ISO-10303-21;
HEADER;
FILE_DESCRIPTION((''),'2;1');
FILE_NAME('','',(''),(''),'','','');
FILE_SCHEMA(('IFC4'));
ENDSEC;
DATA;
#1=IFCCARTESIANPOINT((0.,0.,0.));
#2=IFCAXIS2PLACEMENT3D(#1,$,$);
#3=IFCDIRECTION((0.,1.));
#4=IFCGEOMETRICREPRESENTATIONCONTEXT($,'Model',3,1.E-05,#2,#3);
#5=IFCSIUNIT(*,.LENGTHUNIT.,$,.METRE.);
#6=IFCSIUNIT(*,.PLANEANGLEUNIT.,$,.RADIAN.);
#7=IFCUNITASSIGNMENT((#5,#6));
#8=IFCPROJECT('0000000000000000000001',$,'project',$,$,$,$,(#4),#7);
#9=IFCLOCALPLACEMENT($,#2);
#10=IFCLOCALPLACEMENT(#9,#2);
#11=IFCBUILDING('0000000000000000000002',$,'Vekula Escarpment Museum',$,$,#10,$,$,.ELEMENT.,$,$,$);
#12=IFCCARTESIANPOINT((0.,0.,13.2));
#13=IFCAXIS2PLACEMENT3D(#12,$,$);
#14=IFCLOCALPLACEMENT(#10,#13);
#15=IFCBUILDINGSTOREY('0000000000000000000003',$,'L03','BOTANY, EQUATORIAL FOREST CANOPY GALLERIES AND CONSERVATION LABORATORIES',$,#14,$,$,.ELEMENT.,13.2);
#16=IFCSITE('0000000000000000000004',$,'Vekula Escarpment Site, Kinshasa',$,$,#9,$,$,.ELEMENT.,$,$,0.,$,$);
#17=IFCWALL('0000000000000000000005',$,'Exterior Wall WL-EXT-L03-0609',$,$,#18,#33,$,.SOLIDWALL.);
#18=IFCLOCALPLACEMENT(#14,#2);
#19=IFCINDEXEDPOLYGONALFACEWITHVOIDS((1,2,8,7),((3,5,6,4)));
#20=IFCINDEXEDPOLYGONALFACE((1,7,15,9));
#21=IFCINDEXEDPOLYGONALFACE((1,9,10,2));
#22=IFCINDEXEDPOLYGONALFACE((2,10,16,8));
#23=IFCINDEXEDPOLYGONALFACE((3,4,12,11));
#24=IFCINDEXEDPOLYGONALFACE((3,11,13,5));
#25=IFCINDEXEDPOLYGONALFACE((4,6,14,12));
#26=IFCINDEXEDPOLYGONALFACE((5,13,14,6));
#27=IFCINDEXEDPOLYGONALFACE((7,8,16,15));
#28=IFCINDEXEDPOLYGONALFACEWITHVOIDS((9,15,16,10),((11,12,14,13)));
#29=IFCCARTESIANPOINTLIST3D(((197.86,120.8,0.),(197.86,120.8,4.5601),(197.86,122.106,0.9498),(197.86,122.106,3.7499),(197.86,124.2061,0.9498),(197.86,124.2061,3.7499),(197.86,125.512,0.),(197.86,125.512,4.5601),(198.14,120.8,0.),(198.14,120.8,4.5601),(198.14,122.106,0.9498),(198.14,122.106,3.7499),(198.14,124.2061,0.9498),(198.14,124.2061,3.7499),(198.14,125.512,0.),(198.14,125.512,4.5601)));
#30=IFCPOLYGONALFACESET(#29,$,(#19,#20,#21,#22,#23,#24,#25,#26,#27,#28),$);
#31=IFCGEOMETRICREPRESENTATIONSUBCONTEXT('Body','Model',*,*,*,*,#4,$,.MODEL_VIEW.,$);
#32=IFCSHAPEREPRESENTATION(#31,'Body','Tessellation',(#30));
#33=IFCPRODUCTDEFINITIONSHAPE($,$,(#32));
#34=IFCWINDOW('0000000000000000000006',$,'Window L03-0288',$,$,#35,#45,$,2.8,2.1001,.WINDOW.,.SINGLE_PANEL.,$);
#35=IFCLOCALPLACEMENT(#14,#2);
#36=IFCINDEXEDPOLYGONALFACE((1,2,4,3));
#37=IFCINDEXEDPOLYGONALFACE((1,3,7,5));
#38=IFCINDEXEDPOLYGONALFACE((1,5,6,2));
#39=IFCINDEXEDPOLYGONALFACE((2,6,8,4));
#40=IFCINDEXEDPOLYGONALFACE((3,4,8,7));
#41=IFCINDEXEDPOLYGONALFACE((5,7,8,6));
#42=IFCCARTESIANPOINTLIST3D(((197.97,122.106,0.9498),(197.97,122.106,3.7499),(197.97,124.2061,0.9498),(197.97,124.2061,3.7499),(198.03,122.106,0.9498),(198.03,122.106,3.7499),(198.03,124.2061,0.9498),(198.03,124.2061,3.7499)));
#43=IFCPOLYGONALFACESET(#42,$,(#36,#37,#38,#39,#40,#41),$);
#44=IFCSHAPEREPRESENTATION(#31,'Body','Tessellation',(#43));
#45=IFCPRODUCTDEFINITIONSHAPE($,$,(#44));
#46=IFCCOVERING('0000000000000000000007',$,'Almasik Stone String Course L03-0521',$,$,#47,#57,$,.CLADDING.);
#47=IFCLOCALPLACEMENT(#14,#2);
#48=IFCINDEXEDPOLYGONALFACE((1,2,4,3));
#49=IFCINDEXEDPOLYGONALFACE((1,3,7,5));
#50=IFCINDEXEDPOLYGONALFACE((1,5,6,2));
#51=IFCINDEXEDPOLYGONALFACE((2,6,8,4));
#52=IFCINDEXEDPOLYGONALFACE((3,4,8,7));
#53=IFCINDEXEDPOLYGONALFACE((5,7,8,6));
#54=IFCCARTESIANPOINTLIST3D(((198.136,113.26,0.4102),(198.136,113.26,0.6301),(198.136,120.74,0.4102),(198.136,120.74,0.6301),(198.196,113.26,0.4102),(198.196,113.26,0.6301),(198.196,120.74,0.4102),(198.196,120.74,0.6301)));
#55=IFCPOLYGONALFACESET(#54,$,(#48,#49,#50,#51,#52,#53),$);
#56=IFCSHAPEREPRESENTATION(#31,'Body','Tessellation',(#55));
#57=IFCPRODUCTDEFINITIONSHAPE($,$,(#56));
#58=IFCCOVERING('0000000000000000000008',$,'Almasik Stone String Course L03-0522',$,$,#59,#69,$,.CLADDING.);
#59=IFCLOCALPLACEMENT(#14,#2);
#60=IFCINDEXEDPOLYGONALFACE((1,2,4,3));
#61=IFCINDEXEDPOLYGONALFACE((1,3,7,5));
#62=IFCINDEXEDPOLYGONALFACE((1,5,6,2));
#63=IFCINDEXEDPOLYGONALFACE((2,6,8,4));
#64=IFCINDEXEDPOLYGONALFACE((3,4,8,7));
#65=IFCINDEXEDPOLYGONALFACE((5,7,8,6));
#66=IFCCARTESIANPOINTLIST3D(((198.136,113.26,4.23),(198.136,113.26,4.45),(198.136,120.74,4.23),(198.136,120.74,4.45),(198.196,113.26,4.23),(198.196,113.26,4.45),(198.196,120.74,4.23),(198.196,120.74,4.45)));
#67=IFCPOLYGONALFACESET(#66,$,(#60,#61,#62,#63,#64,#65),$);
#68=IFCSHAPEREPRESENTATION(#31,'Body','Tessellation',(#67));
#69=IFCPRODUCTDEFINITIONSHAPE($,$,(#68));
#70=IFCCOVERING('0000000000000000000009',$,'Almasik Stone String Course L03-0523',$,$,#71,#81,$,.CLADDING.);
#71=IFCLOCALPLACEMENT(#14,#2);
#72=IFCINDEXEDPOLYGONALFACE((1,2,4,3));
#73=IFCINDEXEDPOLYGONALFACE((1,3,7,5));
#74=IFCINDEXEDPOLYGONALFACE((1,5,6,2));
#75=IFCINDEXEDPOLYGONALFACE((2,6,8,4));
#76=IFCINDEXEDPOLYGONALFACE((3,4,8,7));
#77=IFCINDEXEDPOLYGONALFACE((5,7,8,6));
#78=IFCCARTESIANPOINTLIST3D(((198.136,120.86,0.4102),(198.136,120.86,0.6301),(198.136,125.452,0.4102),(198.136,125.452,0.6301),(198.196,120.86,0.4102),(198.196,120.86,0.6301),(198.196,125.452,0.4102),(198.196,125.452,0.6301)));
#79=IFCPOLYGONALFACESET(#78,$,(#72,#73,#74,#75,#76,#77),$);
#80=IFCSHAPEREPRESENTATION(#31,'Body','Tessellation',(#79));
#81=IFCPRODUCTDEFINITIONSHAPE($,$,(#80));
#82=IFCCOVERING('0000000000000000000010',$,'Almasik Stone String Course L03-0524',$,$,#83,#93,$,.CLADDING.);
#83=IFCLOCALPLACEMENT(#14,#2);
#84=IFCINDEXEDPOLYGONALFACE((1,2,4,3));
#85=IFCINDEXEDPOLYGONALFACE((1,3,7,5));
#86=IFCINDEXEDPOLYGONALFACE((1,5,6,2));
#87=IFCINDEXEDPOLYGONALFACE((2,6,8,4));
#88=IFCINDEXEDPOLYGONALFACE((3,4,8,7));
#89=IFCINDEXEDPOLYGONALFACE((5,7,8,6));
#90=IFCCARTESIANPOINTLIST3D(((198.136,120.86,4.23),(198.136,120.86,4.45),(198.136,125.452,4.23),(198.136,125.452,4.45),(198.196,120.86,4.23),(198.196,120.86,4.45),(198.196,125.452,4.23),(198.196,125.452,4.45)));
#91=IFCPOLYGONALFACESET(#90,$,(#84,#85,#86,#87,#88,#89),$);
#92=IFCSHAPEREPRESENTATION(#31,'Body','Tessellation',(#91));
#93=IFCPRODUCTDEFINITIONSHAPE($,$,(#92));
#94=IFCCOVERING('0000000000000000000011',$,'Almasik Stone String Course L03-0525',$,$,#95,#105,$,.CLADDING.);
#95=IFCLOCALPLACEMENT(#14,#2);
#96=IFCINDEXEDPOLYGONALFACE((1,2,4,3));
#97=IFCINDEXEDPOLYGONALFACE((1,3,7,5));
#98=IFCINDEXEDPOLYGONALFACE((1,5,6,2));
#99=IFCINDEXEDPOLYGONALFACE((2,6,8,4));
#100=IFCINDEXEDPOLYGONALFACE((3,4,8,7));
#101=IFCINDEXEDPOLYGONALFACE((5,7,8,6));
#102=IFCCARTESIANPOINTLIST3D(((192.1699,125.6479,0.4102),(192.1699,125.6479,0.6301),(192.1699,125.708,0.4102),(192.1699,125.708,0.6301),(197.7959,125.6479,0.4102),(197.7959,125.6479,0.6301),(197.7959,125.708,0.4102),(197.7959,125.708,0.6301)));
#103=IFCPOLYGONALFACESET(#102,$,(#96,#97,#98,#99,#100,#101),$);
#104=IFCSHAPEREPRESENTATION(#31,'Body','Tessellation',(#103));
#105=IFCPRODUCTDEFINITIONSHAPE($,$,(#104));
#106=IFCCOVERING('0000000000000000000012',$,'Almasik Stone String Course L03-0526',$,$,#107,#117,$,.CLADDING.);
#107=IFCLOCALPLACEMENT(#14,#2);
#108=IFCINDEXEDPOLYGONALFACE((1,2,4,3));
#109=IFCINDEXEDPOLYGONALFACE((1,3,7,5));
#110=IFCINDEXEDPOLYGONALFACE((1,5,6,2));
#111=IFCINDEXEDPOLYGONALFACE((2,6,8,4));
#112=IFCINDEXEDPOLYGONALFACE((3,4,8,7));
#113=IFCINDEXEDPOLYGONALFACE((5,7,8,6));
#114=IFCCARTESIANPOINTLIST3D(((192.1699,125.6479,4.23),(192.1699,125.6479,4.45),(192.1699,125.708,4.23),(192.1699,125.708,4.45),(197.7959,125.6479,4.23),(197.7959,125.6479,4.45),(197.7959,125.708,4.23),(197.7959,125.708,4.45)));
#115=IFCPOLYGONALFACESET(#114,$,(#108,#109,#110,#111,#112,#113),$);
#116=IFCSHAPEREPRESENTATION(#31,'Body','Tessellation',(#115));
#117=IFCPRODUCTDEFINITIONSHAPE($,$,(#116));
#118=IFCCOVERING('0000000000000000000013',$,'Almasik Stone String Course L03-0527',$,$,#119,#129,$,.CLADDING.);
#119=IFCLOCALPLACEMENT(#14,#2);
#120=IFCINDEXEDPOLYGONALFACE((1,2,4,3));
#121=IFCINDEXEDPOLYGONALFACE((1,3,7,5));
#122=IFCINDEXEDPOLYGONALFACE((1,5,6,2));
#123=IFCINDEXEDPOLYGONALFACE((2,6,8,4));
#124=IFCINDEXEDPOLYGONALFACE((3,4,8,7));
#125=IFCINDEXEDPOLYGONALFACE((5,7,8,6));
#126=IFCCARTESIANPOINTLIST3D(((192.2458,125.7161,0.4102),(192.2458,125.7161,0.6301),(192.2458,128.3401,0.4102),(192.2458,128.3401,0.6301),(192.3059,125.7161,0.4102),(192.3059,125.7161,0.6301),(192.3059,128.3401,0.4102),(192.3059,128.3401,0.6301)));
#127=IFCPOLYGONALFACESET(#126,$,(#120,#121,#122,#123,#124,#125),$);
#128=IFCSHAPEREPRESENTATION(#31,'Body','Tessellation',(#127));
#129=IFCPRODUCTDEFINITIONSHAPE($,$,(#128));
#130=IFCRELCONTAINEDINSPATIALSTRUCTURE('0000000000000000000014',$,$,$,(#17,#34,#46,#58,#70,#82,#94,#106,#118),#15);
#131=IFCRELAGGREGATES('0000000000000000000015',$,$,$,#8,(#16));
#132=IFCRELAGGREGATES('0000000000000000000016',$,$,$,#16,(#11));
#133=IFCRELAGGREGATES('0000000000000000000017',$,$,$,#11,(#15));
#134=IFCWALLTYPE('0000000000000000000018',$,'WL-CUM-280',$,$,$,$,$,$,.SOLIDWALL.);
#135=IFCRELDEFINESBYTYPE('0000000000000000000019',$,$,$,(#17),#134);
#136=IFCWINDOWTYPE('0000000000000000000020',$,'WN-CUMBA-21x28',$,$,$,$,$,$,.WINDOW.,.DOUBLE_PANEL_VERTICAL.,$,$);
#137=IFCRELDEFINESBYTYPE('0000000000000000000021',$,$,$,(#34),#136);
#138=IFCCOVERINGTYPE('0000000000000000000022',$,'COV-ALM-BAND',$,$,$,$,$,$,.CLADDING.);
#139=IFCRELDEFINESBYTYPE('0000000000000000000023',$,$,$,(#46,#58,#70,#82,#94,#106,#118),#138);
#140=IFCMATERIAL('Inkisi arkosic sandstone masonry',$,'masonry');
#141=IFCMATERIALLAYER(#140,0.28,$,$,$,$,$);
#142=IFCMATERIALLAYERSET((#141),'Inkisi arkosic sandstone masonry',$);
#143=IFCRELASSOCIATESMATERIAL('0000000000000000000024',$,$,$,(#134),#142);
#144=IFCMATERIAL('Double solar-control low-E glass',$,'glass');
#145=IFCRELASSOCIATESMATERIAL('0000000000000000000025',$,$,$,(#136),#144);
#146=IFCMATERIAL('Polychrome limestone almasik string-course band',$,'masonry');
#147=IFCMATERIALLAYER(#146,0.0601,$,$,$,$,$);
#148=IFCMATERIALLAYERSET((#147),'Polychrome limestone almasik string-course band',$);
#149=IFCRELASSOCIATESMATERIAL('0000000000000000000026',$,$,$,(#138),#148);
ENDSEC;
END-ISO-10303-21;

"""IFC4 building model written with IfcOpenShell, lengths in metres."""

from ifc_helpers import new_model, si_unit, direction, frame, frame_2d, origin, origin_2d, place, context, subcontext, project, spatial, rectangle, extrude, material, layer, layer_set, type_object, element, fill, save


model = new_model("IFC4")

# Units and contexts
model_context = context("Model", 3, precision=1e-05, world=origin(), true_north=direction((0.0, 1.0)))
body_context = subcontext(model_context, "Body", "Model", "MODEL_VIEW")
ifc_project = project(units=[si_unit("LENGTHUNIT", "METRE"), si_unit("PLANEANGLEUNIT", "RADIAN")], contexts=[model_context])

# Site, building, storey
site_placement = place(None, origin())
site = spatial("IfcSite", under=ifc_project, at=site_placement, Name="Vekula Escarpment Site, Kinshasa", CompositionType="ELEMENT", RefElevation=0.0)
building_placement = place(site_placement, origin())
building = spatial("IfcBuilding", under=site, at=building_placement, Name="Vekula Escarpment Museum", CompositionType="ELEMENT")
storey_placement = place(building_placement, frame((0.0, 0.0, 13.2)))
storey = spatial("IfcBuildingStorey", under=building, at=storey_placement, Name="L03", Description="BOTANY, EQUATORIAL FOREST CANOPY GALLERIES AND CONSERVATION LABORATORIES", CompositionType="ELEMENT", Elevation=13.2)

# Shared definitions
ifc_material_1 = material(Name="Inkisi arkosic sandstone masonry", Category="masonry")
ifc_layer_1 = layer(ifc_material_1, 0.28)
ifc_layer_set_1 = layer_set([ifc_layer_1], Name="Inkisi arkosic sandstone masonry")
wall_type = type_object("IfcWallType", Name="WL-CUM-280", PredefinedType="SOLIDWALL", material=ifc_layer_set_1)

# Wall, opening, window
wall_1_placement = place(storey_placement, frame((198.0, 125.512, 0.0), z_axis=(0.0, 0.0, 1.0), x_axis=(0.0, -1.0, 0.0)))
wall_1 = element("IfcWall", 1, at=wall_1_placement, inside=storey, type_object=wall_type, Name="Exterior Wall WL-EXT-L03-0609", PredefinedType="SOLIDWALL", context=body_context, shape_type="SweptSolid", body=[
    extrude(rectangle(XDim=4.7119, YDim=0.28, at=frame_2d((2.356, 0.0))), origin(), (0.0, 0.0, 1.0), 4.5601),
])
opening_1_placement = place(wall_1_placement, frame((1.3059, 0.0, 0.95)))
opening_1 = element("IfcOpeningElement", 2, at=opening_1_placement, cuts=wall_1, PredefinedType="OPENING", context=body_context, shape_type="SweptSolid", body=[
    extrude(rectangle(XDim=2.1001, YDim=2.8, at=frame_2d((1.05, 1.3999))), frame((0.0, 0.1499, 0.0), z_axis=(0.0, -1.0, 0.0), x_axis=(1.0, 0.0, 0.0)), (0.0, 0.0, 1.0), 0.3),
])
ifc_material_2 = material(Name="Double solar-control low-E glass", Category="glass")
window_type_1 = type_object("IfcWindowType", Name="WN-CUMBA-21x28", PartitioningType="DOUBLE_PANEL_VERTICAL", PredefinedType="WINDOW", material=ifc_material_2)
window_1_placement = place(opening_1_placement, origin())
window_1 = element("IfcWindow", 3, at=window_1_placement, inside=storey, type_object=window_type_1, Name="Window L03-0288", OverallHeight=2.8, OverallWidth=2.1001, PartitioningType="SINGLE_PANEL", PredefinedType="WINDOW", context=body_context, shape_type="SweptSolid", body=[
    extrude(rectangle(XDim=2.1001, YDim=2.8, at=frame_2d((1.05, 1.3999))), frame((0.0, 0.03, 0.0), z_axis=(0.0, -1.0, 0.0), x_axis=(1.0, 0.0, 0.0)), (0.0, 0.0, 1.0), 0.0601),
])
fill(opening_1, window_1)

# Coverings
ifc_material_3 = material(Name="Polychrome limestone almasik string-course band", Category="masonry")
ifc_layer_2 = layer(ifc_material_3, 0.0601)
ifc_layer_set_2 = layer_set([ifc_layer_2], Name="Polychrome limestone almasik string-course band")
covering_type = type_object("IfcCoveringType", Name="COV-ALM-BAND", PredefinedType="CLADDING", material=ifc_layer_set_2)
for number, where, z_axis, x_axis, name in (
    (4, (198.166, 117.0, 0.4102), (0.0, 0.0, 1.0), (0.0, 1.0, 0.0), "Almasik Stone String Course L03-0521"),
    (5, (198.166, 117.0, 4.23), (0.0, 0.0, 1.0), (0.0, 1.0, 0.0), "Almasik Stone String Course L03-0522"),
):
    element("IfcCovering", number, at=place(storey_placement, frame(where, z_axis=z_axis, x_axis=x_axis)), inside=storey, type_object=covering_type, Name=name, PredefinedType="CLADDING", context=body_context, shape_type="SweptSolid", body=[
        extrude(rectangle(XDim=7.48, YDim=0.0601, at=origin_2d()), origin(), (0.0, 0.0, 1.0), 0.22),
    ])
for number, where, z_axis, x_axis, name in (
    (6, (198.166, 123.156, 0.4102), (0.0, 0.0, 1.0), (0.0, 1.0, 0.0), "Almasik Stone String Course L03-0523"),
    (7, (198.166, 123.156, 4.23), (0.0, 0.0, 1.0), (0.0, 1.0, 0.0), "Almasik Stone String Course L03-0524"),
):
    element("IfcCovering", number, at=place(storey_placement, frame(where, z_axis=z_axis, x_axis=x_axis)), inside=storey, type_object=covering_type, Name=name, PredefinedType="CLADDING", context=body_context, shape_type="SweptSolid", body=[
        extrude(rectangle(XDim=4.592, YDim=0.0601, at=origin_2d()), origin(), (0.0, 0.0, 1.0), 0.22),
    ])
for number, where, z_axis, x_axis, name in (
    (8, (194.9829, 125.678, 0.4102), (0.0, 0.0, 1.0), (1.0, 0.0, 0.0), "Almasik Stone String Course L03-0525"),
    (9, (194.9829, 125.678, 4.23), (0.0, 0.0, 1.0), (1.0, 0.0, 0.0), "Almasik Stone String Course L03-0526"),
):
    element("IfcCovering", number, at=place(storey_placement, frame(where, z_axis=z_axis, x_axis=x_axis)), inside=storey, type_object=covering_type, Name=name, PredefinedType="CLADDING", context=body_context, shape_type="SweptSolid", body=[
        extrude(rectangle(XDim=5.626, YDim=0.0601, at=origin_2d()), origin(), (0.0, 0.0, 1.0), 0.22),
    ])
covering_placement = place(storey_placement, frame((192.2759, 127.0281, 0.4102), z_axis=(0.0, 0.0, 1.0), x_axis=(0.0, 1.0, 0.0)))
element("IfcCovering", 10, at=covering_placement, inside=storey, type_object=covering_type, Name="Almasik Stone String Course L03-0527", PredefinedType="CLADDING", context=body_context, shape_type="SweptSolid", body=[
    extrude(rectangle(XDim=2.624, YDim=0.0601, at=origin_2d()), origin(), (0.0, 0.0, 1.0), 0.22),
])

save(model, "model.ifc")
